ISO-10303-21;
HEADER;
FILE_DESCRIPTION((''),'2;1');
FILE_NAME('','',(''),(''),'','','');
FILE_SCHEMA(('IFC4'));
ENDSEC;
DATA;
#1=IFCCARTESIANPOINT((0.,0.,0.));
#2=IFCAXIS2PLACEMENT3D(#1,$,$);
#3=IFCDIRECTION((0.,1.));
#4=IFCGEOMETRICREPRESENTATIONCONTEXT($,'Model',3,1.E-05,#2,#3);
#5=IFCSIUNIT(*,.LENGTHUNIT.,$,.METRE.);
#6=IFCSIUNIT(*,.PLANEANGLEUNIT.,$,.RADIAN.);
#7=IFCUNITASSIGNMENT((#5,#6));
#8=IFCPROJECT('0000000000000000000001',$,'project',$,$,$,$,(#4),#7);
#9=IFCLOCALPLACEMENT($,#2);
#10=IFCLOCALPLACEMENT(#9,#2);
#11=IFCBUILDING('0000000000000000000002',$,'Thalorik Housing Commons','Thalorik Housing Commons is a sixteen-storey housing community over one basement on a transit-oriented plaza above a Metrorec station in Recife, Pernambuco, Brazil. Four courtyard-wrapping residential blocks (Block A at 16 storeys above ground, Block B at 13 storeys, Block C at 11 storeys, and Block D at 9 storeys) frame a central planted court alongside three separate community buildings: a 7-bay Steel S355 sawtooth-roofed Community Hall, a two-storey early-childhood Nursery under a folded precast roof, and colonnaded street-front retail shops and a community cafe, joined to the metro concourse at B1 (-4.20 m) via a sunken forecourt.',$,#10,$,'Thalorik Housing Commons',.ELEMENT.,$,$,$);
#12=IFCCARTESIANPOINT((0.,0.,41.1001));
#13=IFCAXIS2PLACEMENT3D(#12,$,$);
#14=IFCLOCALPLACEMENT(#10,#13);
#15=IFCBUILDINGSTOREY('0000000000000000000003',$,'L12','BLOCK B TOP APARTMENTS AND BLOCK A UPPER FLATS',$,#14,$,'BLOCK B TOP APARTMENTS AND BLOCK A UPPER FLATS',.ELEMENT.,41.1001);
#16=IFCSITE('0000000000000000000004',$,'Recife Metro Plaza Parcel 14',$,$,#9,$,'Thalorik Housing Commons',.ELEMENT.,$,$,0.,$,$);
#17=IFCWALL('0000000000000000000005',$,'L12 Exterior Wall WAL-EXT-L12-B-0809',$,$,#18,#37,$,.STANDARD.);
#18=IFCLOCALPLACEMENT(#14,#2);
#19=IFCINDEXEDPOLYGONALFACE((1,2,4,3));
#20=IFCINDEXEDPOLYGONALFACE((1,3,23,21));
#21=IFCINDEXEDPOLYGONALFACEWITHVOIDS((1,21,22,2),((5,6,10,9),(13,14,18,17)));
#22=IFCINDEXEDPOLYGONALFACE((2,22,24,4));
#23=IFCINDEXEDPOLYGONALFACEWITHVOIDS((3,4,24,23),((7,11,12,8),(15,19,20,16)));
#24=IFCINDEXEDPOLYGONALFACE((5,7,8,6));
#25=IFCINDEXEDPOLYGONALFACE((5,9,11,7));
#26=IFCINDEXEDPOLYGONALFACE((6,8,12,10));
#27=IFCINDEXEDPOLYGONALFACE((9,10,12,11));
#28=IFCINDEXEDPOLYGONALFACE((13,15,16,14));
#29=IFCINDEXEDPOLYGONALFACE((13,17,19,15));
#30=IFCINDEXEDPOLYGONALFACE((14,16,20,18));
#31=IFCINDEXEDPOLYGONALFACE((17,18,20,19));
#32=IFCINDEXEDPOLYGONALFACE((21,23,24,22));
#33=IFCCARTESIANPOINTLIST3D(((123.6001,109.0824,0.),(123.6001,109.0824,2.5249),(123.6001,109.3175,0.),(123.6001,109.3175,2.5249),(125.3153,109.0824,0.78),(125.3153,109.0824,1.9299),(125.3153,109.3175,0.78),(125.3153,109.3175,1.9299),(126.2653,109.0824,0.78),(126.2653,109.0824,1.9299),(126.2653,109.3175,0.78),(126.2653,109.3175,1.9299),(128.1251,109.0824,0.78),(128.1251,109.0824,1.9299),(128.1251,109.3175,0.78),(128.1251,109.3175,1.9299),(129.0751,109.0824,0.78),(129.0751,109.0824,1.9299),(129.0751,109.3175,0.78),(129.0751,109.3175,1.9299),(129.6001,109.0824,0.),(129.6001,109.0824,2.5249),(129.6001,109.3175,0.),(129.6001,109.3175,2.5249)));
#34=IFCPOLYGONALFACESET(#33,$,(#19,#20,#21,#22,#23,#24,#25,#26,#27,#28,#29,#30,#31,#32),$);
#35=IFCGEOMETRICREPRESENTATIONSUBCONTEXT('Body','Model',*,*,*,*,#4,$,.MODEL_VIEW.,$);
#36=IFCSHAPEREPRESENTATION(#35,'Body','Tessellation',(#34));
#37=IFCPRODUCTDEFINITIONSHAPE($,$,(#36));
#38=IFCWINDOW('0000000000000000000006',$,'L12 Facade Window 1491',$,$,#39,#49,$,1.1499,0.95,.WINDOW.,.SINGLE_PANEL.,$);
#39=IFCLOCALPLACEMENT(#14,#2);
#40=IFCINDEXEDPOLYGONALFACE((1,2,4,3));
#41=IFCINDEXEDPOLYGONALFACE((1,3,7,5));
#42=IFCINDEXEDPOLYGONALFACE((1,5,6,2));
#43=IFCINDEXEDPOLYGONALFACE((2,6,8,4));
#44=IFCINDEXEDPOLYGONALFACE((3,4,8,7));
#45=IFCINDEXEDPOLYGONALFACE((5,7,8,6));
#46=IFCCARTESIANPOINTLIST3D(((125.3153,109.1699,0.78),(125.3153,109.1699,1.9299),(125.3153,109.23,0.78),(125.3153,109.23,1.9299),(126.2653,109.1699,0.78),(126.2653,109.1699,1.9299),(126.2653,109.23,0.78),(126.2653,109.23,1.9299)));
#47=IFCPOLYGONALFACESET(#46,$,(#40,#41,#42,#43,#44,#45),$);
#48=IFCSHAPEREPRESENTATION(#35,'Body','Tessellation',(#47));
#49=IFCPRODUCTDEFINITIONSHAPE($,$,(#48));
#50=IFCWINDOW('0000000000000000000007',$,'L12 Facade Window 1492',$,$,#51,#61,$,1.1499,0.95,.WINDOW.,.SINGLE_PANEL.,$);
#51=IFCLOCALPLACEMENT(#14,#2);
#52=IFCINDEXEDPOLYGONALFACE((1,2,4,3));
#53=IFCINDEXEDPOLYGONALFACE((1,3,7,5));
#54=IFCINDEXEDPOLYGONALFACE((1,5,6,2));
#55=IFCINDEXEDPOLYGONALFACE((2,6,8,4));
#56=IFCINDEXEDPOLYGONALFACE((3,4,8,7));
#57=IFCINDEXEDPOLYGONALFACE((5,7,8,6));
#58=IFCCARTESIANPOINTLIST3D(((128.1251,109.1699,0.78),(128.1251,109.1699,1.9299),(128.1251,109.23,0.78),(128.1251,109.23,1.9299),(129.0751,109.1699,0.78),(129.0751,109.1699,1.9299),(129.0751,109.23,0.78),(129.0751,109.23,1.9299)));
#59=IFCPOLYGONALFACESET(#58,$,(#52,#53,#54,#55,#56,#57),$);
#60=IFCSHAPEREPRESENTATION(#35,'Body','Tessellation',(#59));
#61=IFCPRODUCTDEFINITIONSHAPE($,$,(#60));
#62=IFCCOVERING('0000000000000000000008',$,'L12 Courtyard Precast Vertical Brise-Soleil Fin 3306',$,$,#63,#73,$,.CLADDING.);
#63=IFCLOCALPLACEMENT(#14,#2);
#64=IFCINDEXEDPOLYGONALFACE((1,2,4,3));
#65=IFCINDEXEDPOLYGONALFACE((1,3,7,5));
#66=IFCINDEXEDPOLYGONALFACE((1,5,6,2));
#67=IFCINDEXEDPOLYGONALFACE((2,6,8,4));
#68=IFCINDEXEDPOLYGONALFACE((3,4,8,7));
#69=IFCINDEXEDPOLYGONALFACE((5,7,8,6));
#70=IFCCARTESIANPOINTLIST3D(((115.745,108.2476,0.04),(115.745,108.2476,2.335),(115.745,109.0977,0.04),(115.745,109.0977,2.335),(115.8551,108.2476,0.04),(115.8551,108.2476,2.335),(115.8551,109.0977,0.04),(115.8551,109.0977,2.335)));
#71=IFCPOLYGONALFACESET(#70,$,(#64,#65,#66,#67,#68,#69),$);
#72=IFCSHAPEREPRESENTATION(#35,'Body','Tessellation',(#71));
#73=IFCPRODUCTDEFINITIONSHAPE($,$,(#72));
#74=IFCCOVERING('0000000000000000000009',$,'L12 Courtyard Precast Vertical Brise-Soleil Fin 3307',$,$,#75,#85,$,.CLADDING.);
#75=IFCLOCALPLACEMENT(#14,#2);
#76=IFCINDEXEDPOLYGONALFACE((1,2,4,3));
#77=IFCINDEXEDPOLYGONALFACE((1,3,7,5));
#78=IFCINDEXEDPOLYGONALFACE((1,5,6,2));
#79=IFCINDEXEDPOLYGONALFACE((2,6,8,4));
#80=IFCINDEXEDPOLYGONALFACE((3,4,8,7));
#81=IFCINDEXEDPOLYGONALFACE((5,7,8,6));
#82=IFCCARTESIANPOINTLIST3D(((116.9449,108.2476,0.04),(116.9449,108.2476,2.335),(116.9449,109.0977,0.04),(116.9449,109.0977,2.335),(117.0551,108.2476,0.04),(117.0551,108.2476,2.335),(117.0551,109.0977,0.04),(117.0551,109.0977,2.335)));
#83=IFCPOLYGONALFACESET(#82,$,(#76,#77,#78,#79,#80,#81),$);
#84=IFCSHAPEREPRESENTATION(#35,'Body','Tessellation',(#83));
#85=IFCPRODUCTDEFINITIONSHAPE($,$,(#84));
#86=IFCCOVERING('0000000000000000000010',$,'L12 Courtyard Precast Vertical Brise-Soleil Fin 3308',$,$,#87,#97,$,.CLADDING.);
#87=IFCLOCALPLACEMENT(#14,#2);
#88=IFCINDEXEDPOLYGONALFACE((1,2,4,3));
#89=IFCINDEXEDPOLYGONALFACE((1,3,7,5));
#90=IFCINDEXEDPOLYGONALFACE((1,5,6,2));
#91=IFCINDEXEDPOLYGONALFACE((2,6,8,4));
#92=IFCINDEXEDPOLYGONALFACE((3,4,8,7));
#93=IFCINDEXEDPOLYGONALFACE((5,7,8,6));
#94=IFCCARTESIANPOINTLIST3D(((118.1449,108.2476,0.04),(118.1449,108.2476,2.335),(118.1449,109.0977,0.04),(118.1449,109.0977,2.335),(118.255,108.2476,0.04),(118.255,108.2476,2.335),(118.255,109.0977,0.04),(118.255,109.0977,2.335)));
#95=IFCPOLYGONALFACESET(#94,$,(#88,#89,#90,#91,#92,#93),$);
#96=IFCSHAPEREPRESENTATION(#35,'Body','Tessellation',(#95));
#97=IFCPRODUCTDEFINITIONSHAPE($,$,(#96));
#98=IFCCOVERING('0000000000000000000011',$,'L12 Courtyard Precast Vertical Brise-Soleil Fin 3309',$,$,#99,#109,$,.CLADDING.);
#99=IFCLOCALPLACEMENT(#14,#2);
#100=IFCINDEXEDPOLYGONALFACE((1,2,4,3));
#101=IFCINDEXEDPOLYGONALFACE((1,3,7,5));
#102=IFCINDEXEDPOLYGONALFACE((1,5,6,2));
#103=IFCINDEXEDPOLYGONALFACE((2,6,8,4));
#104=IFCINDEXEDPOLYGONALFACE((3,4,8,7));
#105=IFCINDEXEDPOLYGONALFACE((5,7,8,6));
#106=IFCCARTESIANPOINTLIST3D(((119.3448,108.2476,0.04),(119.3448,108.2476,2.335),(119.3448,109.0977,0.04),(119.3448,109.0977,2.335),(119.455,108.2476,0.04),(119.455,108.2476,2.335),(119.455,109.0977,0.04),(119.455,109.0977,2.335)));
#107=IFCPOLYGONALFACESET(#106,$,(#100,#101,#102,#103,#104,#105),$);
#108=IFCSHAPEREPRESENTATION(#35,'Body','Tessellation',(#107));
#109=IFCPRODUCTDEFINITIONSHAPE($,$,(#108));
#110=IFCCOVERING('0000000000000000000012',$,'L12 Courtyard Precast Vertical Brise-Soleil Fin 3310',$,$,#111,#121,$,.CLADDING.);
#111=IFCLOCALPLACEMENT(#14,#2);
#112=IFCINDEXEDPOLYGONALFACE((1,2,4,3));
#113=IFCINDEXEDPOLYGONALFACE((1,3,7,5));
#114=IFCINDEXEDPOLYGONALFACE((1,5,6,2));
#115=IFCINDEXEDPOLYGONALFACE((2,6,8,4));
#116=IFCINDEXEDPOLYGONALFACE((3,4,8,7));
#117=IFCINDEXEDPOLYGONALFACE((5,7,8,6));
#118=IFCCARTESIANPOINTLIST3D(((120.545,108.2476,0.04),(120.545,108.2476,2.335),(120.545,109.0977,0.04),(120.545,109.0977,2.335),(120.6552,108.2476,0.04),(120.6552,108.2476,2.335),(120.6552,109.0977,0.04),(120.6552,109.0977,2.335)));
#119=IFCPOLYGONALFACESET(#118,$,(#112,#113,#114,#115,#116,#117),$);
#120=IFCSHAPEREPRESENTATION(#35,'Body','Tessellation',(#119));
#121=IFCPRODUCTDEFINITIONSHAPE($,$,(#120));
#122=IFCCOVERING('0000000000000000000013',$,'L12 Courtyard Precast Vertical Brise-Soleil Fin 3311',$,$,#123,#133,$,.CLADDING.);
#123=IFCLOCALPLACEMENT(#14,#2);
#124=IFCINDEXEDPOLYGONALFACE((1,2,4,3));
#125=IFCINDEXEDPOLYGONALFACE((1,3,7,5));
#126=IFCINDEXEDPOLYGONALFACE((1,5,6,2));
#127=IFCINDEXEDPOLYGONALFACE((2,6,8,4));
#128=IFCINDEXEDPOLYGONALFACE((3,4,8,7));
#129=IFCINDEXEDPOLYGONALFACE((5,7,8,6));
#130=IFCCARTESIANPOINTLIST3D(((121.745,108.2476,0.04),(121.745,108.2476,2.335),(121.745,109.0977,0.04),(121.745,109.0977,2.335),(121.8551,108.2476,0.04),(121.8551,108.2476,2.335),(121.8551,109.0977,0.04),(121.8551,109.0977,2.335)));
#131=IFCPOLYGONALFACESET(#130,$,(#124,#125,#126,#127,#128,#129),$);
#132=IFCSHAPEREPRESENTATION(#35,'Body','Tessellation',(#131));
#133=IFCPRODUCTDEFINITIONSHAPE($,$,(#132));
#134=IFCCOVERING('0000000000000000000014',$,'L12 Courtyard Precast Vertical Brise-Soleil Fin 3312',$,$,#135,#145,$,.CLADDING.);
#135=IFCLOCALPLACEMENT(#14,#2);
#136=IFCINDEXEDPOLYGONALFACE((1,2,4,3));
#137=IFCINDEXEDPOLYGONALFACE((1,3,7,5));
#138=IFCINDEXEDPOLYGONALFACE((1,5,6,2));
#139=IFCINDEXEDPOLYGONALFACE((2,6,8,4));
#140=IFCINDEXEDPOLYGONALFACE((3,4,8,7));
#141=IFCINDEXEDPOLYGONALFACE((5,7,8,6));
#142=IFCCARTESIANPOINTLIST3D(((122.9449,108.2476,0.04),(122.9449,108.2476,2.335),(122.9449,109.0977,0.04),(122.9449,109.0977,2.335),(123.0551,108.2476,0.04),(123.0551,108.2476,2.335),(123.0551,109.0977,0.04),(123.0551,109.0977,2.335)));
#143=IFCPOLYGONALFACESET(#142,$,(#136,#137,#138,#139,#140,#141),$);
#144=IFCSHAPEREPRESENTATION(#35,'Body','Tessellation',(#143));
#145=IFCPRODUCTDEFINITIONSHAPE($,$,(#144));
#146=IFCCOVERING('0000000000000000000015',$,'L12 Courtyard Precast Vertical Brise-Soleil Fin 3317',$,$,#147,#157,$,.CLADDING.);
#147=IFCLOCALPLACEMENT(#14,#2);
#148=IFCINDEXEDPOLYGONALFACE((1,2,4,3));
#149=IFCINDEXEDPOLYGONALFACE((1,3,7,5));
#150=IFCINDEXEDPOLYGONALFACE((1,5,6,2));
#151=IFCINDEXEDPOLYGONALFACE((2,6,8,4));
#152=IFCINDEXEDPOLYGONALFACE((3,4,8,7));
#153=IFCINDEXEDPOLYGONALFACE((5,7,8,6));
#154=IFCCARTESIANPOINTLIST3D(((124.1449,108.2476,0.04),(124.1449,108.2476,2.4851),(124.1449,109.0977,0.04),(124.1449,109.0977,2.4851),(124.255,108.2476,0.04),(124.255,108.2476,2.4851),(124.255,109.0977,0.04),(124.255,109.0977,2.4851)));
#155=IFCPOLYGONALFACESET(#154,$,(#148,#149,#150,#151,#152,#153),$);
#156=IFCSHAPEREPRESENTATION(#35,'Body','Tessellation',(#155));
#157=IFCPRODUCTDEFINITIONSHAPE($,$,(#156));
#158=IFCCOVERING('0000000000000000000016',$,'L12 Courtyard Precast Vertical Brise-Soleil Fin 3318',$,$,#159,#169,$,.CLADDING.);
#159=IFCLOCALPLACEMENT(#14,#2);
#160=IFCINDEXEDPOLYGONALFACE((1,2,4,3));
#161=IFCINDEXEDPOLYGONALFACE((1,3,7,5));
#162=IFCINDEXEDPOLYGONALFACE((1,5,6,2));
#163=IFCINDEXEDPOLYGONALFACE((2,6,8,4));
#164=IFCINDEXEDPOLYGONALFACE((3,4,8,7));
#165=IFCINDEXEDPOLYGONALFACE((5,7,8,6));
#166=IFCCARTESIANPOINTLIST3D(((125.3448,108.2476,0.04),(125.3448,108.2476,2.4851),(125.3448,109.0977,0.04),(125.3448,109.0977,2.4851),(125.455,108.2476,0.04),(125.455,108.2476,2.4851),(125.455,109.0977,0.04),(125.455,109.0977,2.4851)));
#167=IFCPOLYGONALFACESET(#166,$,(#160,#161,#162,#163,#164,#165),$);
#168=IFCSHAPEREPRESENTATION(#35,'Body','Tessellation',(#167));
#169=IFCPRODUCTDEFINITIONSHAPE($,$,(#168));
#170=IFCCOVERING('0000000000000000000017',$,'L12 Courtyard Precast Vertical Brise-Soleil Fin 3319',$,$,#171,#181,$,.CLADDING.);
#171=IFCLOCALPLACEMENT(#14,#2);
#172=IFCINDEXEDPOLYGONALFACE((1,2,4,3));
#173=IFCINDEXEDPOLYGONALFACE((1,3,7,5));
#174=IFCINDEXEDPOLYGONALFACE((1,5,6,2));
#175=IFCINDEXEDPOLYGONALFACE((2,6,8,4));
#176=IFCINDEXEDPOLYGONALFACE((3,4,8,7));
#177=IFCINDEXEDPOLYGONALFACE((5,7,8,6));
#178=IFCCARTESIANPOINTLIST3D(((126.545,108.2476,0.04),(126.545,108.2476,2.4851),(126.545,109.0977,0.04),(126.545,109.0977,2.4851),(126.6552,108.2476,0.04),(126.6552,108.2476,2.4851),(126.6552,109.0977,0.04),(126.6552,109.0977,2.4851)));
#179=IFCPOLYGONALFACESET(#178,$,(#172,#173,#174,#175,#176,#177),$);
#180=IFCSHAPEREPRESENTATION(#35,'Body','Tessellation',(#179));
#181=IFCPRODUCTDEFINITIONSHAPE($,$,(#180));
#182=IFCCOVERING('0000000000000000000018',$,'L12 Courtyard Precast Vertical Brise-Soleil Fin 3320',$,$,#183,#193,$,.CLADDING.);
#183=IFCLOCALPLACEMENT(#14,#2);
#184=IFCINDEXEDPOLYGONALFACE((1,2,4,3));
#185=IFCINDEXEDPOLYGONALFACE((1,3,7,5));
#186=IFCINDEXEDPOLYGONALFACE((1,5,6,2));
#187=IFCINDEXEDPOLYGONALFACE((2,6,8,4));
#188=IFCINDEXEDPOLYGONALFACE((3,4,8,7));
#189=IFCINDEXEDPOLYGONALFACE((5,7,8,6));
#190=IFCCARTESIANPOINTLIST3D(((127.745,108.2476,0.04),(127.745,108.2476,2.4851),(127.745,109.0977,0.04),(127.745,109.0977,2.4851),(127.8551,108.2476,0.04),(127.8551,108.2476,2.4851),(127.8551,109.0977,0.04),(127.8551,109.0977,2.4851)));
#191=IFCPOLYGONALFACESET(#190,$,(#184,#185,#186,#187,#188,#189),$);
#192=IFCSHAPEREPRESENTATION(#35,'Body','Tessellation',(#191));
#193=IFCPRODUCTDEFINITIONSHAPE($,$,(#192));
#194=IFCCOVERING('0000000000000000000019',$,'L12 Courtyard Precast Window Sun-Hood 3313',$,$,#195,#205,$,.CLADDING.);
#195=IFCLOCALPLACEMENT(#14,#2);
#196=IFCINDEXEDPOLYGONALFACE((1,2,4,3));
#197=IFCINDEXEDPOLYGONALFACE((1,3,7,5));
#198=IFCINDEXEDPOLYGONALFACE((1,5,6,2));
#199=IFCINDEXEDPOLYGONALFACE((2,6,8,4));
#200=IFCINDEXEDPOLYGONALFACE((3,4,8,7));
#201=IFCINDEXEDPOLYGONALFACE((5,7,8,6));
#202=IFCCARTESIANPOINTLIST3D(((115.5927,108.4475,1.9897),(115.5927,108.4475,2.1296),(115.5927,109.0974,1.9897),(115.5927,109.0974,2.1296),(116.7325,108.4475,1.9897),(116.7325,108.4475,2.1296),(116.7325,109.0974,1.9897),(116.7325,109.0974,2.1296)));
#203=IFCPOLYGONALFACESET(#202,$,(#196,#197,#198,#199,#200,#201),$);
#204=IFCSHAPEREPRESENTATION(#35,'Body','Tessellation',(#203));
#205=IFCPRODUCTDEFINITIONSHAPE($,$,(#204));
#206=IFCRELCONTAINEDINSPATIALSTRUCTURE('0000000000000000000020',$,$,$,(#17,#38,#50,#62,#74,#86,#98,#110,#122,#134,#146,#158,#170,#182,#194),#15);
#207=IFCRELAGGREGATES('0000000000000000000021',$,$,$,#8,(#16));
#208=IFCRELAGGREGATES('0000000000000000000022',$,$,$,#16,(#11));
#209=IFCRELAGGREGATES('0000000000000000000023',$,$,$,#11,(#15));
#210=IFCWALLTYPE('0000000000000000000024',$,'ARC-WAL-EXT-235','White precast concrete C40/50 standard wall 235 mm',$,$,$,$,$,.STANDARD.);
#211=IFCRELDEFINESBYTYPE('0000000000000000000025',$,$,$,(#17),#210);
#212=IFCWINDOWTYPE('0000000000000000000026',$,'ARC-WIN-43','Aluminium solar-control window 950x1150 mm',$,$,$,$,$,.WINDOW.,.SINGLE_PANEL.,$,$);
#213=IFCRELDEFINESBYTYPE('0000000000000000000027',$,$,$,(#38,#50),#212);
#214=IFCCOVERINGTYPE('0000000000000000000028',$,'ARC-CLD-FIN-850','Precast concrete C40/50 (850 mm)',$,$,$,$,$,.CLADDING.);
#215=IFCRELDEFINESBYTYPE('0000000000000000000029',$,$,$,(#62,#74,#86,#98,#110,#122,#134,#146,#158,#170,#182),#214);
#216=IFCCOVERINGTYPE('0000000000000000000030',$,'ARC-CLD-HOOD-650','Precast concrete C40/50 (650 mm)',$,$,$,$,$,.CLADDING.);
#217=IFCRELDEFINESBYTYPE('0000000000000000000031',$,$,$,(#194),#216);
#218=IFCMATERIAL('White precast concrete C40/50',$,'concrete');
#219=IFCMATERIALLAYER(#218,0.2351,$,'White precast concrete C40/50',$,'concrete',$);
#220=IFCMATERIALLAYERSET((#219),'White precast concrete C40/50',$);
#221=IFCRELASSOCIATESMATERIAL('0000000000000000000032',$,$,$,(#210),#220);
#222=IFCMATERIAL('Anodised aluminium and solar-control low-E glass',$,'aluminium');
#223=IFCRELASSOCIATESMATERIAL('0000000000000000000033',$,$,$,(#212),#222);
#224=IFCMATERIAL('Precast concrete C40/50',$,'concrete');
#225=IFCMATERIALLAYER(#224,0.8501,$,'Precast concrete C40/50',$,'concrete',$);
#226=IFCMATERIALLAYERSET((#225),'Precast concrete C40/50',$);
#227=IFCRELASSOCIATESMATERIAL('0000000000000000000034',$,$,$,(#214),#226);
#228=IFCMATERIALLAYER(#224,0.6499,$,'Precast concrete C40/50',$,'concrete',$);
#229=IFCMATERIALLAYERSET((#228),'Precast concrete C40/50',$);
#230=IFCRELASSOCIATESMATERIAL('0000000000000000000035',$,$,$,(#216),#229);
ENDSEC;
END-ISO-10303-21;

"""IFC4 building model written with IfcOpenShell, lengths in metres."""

from ifc_helpers import new_model, si_unit, direction, frame, frame_2d, origin, origin_2d, place, context, subcontext, project, spatial, rectangle, extrude, material, layer, layer_set, type_object, element, fill, save


model = new_model("IFC4")

# Units and contexts
model_context = context("Model", 3, precision=1e-05, world=origin(), true_north=direction((0.0, 1.0)))
body_context = subcontext(model_context, "Body", "Model", "MODEL_VIEW")
ifc_project = project(units=[si_unit("LENGTHUNIT", "METRE"), si_unit("PLANEANGLEUNIT", "RADIAN")], contexts=[model_context])

# Site, building, storey
site_placement = place(None, origin())
site = spatial("IfcSite", under=ifc_project, at=site_placement, Name="Recife Metro Plaza Parcel 14", LongName="Thalorik Housing Commons", CompositionType="ELEMENT", RefElevation=0.0)
building_placement = place(site_placement, origin())
building = spatial("IfcBuilding", under=site, at=building_placement, Name="Thalorik Housing Commons", Description="Thalorik Housing Commons is a sixteen-storey housing community over one basement on a transit-oriented plaza above a Metrorec station in Recife, Pernambuco, Brazil. Four courtyard-wrapping residential blocks (Block A at 16 storeys above ground, Block B at 13 storeys, Block C at 11 storeys, and Block D at 9 storeys) frame a central planted court alongside three separate community buildings: a 7-bay Steel S355 sawtooth-roofed Community Hall, a two-storey early-childhood Nursery under a folded precast roof, and colonnaded street-front retail shops and a community cafe, joined to the metro concourse at B1 (-4.20 m) via a sunken forecourt.", LongName="Thalorik Housing Commons", CompositionType="ELEMENT")
storey_placement = place(building_placement, frame((0.0, 0.0, 41.1001)))
storey = spatial("IfcBuildingStorey", under=building, at=storey_placement, Name="L12", Description="BLOCK B TOP APARTMENTS AND BLOCK A UPPER FLATS", LongName="BLOCK B TOP APARTMENTS AND BLOCK A UPPER FLATS", CompositionType="ELEMENT", Elevation=41.1001)

# Shared definitions
ifc_material_1 = material(Name="Precast concrete C40/50", Category="concrete")

# Wall, openings, windows
ifc_material_2 = material(Name="White precast concrete C40/50", Category="concrete")
ifc_layer_1 = layer(ifc_material_2, 0.2351, Name="White precast concrete C40/50", Category="concrete")
ifc_layer_set_1 = layer_set([ifc_layer_1], Name="White precast concrete C40/50")
wall_type = type_object("IfcWallType", Name="ARC-WAL-EXT-235", Description="White precast concrete C40/50 standard wall 235 mm", PredefinedType="STANDARD", material=ifc_layer_set_1)
ifc_material_3 = material(Name="Anodised aluminium and solar-control low-E glass", Category="aluminium")
window_type_1 = type_object("IfcWindowType", Name="ARC-WIN-43", Description="Aluminium solar-control window 950x1150 mm", PartitioningType="SINGLE_PANEL", PredefinedType="WINDOW", material=ifc_material_3)
wall_1_placement = place(storey_placement, frame((123.6001, 109.2, 0.0), z_axis=(0.0, 0.0, 1.0), x_axis=(1.0, 0.0, 0.0)))
wall_1 = element("IfcWall", 1, at=wall_1_placement, inside=storey, type_object=wall_type, Name="L12 Exterior Wall WAL-EXT-L12-B-0809", PredefinedType="STANDARD", context=body_context, shape_type="SweptSolid", body=[
    extrude(rectangle(XDim=6.0, YDim=0.2351, at=frame_2d((3.0, 0.0))), origin(), (0.0, 0.0, 1.0), 2.5249),
])
opening_1_placement = place(wall_1_placement, frame((1.7151, 0.0, 0.78)))
opening_1 = element("IfcOpeningElement", 2, at=opening_1_placement, cuts=wall_1, PredefinedType="OPENING", context=body_context, shape_type="SweptSolid", body=[
    extrude(rectangle(XDim=0.95, YDim=1.1499, at=frame_2d((0.4751, 0.575))), frame((0.0, 0.1274, 0.0), z_axis=(0.0, -1.0, 0.0), x_axis=(1.0, 0.0, 0.0)), (0.0, 0.0, 1.0), 0.2551),
])
opening_2_placement = place(wall_1_placement, frame((4.5249, 0.0, 0.78)))
opening_2 = element("IfcOpeningElement", 3, at=opening_2_placement, cuts=wall_1, PredefinedType="OPENING", context=body_context, shape_type="SweptSolid", body=[
    extrude(rectangle(XDim=0.95, YDim=1.1499, at=frame_2d((0.4751, 0.575))), frame((0.0, 0.1274, 0.0), z_axis=(0.0, -1.0, 0.0), x_axis=(1.0, 0.0, 0.0)), (0.0, 0.0, 1.0), 0.2551),
])
window_1_placement = place(opening_1_placement, origin())
window_1 = element("IfcWindow", 4, at=window_1_placement, inside=storey, type_object=window_type_1, Name="L12 Facade Window 1491", OverallHeight=1.1499, OverallWidth=0.95, PartitioningType="SINGLE_PANEL", PredefinedType="WINDOW", context=body_context, shape_type="SweptSolid", body=[
    extrude(rectangle(XDim=0.95, YDim=1.1499, at=frame_2d((0.4751, 0.575))), frame((0.0, 0.03, 0.0), z_axis=(0.0, -1.0, 0.0), x_axis=(1.0, 0.0, 0.0)), (0.0, 0.0, 1.0), 0.0601),
])
fill(opening_1, window_1)
window_2_placement = place(opening_2_placement, origin())
window_2 = element("IfcWindow", 5, at=window_2_placement, inside=storey, type_object=window_type_1, Name="L12 Facade Window 1492", OverallHeight=1.1499, OverallWidth=0.95, PartitioningType="SINGLE_PANEL", PredefinedType="WINDOW", context=body_context, shape_type="SweptSolid", body=[
    extrude(rectangle(XDim=0.95, YDim=1.1499, at=frame_2d((0.4751, 0.575))), frame((0.0, 0.03, 0.0), z_axis=(0.0, -1.0, 0.0), x_axis=(1.0, 0.0, 0.0)), (0.0, 0.0, 1.0), 0.0601),
])
fill(opening_2, window_2)

# Coverings
ifc_layer_2 = layer(ifc_material_1, 0.8501, Name="Precast concrete C40/50", Category="concrete")
ifc_layer_set_2 = layer_set([ifc_layer_2], Name="Precast concrete C40/50")
covering_type_1 = type_object("IfcCoveringType", Name="ARC-CLD-FIN-850", Description="Precast concrete C40/50 (850 mm)", PredefinedType="CLADDING", material=ifc_layer_set_2)
for number, where, z_axis, x_axis, name in (
    (6, (115.8, 108.6726, 0.04), (0.0, 0.0, 1.0), (1.0, 0.0, 0.0), "L12 Courtyard Precast Vertical Brise-Soleil Fin 3306"),
    (7, (117.0, 108.6726, 0.04), (0.0, 0.0, 1.0), (1.0, 0.0, 0.0), "L12 Courtyard Precast Vertical Brise-Soleil Fin 3307"),
    (8, (118.2, 108.6726, 0.04), (0.0, 0.0, 1.0), (1.0, 0.0, 0.0), "L12 Courtyard Precast Vertical Brise-Soleil Fin 3308"),
    (9, (119.3999, 108.6726, 0.04), (0.0, 0.0, 1.0), (1.0, 0.0, 0.0), "L12 Courtyard Precast Vertical Brise-Soleil Fin 3309"),
    (10, (120.6001, 108.6726, 0.04), (0.0, 0.0, 1.0), (1.0, 0.0, 0.0), "L12 Courtyard Precast Vertical Brise-Soleil Fin 3310"),
    (11, (121.8, 108.6726, 0.04), (0.0, 0.0, 1.0), (1.0, 0.0, 0.0), "L12 Courtyard Precast Vertical Brise-Soleil Fin 3311"),
    (12, (123.0, 108.6726, 0.04), (0.0, 0.0, 1.0), (1.0, 0.0, 0.0), "L12 Courtyard Precast Vertical Brise-Soleil Fin 3312"),
):
    element("IfcCovering", number, at=place(storey_placement, frame(where, z_axis=z_axis, x_axis=x_axis)), inside=storey, type_object=covering_type_1, Name=name, PredefinedType="CLADDING", context=body_context, shape_type="SweptSolid", body=[
        extrude(rectangle(XDim=0.1101, YDim=0.8501, at=origin_2d()), origin(), (0.0, 0.0, 1.0), 2.2949),
    ])
for number, where, z_axis, x_axis, name in (
    (13, (124.2, 108.6726, 0.04), (0.0, 0.0, 1.0), (1.0, 0.0, 0.0), "L12 Courtyard Precast Vertical Brise-Soleil Fin 3317"),
    (14, (125.3999, 108.6726, 0.04), (0.0, 0.0, 1.0), (1.0, 0.0, 0.0), "L12 Courtyard Precast Vertical Brise-Soleil Fin 3318"),
    (15, (126.6001, 108.6726, 0.04), (0.0, 0.0, 1.0), (1.0, 0.0, 0.0), "L12 Courtyard Precast Vertical Brise-Soleil Fin 3319"),
    (16, (127.8, 108.6726, 0.04), (0.0, 0.0, 1.0), (1.0, 0.0, 0.0), "L12 Courtyard Precast Vertical Brise-Soleil Fin 3320"),
):
    element("IfcCovering", number, at=place(storey_placement, frame(where, z_axis=z_axis, x_axis=x_axis)), inside=storey, type_object=covering_type_1, Name=name, PredefinedType="CLADDING", context=body_context, shape_type="SweptSolid", body=[
        extrude(rectangle(XDim=0.1101, YDim=0.8501, at=origin_2d()), origin(), (0.0, 0.0, 1.0), 2.4451),
    ])
ifc_layer_3 = layer(ifc_material_1, 0.6499, Name="Precast concrete C40/50", Category="concrete")
ifc_layer_set_3 = layer_set([ifc_layer_3], Name="Precast concrete C40/50")
covering_type_2 = type_object("IfcCoveringType", Name="ARC-CLD-HOOD-650", Description="Precast concrete C40/50 (650 mm)", PredefinedType="CLADDING", material=ifc_layer_set_3)
covering_1_placement = place(storey_placement, frame((116.1626, 108.7725, 1.9897), z_axis=(0.0, 0.0, 1.0), x_axis=(1.0, 0.0, 0.0)))
element("IfcCovering", 17, at=covering_1_placement, inside=storey, type_object=covering_type_2, Name="L12 Courtyard Precast Window Sun-Hood 3313", PredefinedType="CLADDING", context=body_context, shape_type="SweptSolid", body=[
    extrude(rectangle(XDim=1.1399, YDim=0.6499, at=origin_2d()), origin(), (0.0, 0.0, 1.0), 0.1399),
])

save(model, "model.ifc")
